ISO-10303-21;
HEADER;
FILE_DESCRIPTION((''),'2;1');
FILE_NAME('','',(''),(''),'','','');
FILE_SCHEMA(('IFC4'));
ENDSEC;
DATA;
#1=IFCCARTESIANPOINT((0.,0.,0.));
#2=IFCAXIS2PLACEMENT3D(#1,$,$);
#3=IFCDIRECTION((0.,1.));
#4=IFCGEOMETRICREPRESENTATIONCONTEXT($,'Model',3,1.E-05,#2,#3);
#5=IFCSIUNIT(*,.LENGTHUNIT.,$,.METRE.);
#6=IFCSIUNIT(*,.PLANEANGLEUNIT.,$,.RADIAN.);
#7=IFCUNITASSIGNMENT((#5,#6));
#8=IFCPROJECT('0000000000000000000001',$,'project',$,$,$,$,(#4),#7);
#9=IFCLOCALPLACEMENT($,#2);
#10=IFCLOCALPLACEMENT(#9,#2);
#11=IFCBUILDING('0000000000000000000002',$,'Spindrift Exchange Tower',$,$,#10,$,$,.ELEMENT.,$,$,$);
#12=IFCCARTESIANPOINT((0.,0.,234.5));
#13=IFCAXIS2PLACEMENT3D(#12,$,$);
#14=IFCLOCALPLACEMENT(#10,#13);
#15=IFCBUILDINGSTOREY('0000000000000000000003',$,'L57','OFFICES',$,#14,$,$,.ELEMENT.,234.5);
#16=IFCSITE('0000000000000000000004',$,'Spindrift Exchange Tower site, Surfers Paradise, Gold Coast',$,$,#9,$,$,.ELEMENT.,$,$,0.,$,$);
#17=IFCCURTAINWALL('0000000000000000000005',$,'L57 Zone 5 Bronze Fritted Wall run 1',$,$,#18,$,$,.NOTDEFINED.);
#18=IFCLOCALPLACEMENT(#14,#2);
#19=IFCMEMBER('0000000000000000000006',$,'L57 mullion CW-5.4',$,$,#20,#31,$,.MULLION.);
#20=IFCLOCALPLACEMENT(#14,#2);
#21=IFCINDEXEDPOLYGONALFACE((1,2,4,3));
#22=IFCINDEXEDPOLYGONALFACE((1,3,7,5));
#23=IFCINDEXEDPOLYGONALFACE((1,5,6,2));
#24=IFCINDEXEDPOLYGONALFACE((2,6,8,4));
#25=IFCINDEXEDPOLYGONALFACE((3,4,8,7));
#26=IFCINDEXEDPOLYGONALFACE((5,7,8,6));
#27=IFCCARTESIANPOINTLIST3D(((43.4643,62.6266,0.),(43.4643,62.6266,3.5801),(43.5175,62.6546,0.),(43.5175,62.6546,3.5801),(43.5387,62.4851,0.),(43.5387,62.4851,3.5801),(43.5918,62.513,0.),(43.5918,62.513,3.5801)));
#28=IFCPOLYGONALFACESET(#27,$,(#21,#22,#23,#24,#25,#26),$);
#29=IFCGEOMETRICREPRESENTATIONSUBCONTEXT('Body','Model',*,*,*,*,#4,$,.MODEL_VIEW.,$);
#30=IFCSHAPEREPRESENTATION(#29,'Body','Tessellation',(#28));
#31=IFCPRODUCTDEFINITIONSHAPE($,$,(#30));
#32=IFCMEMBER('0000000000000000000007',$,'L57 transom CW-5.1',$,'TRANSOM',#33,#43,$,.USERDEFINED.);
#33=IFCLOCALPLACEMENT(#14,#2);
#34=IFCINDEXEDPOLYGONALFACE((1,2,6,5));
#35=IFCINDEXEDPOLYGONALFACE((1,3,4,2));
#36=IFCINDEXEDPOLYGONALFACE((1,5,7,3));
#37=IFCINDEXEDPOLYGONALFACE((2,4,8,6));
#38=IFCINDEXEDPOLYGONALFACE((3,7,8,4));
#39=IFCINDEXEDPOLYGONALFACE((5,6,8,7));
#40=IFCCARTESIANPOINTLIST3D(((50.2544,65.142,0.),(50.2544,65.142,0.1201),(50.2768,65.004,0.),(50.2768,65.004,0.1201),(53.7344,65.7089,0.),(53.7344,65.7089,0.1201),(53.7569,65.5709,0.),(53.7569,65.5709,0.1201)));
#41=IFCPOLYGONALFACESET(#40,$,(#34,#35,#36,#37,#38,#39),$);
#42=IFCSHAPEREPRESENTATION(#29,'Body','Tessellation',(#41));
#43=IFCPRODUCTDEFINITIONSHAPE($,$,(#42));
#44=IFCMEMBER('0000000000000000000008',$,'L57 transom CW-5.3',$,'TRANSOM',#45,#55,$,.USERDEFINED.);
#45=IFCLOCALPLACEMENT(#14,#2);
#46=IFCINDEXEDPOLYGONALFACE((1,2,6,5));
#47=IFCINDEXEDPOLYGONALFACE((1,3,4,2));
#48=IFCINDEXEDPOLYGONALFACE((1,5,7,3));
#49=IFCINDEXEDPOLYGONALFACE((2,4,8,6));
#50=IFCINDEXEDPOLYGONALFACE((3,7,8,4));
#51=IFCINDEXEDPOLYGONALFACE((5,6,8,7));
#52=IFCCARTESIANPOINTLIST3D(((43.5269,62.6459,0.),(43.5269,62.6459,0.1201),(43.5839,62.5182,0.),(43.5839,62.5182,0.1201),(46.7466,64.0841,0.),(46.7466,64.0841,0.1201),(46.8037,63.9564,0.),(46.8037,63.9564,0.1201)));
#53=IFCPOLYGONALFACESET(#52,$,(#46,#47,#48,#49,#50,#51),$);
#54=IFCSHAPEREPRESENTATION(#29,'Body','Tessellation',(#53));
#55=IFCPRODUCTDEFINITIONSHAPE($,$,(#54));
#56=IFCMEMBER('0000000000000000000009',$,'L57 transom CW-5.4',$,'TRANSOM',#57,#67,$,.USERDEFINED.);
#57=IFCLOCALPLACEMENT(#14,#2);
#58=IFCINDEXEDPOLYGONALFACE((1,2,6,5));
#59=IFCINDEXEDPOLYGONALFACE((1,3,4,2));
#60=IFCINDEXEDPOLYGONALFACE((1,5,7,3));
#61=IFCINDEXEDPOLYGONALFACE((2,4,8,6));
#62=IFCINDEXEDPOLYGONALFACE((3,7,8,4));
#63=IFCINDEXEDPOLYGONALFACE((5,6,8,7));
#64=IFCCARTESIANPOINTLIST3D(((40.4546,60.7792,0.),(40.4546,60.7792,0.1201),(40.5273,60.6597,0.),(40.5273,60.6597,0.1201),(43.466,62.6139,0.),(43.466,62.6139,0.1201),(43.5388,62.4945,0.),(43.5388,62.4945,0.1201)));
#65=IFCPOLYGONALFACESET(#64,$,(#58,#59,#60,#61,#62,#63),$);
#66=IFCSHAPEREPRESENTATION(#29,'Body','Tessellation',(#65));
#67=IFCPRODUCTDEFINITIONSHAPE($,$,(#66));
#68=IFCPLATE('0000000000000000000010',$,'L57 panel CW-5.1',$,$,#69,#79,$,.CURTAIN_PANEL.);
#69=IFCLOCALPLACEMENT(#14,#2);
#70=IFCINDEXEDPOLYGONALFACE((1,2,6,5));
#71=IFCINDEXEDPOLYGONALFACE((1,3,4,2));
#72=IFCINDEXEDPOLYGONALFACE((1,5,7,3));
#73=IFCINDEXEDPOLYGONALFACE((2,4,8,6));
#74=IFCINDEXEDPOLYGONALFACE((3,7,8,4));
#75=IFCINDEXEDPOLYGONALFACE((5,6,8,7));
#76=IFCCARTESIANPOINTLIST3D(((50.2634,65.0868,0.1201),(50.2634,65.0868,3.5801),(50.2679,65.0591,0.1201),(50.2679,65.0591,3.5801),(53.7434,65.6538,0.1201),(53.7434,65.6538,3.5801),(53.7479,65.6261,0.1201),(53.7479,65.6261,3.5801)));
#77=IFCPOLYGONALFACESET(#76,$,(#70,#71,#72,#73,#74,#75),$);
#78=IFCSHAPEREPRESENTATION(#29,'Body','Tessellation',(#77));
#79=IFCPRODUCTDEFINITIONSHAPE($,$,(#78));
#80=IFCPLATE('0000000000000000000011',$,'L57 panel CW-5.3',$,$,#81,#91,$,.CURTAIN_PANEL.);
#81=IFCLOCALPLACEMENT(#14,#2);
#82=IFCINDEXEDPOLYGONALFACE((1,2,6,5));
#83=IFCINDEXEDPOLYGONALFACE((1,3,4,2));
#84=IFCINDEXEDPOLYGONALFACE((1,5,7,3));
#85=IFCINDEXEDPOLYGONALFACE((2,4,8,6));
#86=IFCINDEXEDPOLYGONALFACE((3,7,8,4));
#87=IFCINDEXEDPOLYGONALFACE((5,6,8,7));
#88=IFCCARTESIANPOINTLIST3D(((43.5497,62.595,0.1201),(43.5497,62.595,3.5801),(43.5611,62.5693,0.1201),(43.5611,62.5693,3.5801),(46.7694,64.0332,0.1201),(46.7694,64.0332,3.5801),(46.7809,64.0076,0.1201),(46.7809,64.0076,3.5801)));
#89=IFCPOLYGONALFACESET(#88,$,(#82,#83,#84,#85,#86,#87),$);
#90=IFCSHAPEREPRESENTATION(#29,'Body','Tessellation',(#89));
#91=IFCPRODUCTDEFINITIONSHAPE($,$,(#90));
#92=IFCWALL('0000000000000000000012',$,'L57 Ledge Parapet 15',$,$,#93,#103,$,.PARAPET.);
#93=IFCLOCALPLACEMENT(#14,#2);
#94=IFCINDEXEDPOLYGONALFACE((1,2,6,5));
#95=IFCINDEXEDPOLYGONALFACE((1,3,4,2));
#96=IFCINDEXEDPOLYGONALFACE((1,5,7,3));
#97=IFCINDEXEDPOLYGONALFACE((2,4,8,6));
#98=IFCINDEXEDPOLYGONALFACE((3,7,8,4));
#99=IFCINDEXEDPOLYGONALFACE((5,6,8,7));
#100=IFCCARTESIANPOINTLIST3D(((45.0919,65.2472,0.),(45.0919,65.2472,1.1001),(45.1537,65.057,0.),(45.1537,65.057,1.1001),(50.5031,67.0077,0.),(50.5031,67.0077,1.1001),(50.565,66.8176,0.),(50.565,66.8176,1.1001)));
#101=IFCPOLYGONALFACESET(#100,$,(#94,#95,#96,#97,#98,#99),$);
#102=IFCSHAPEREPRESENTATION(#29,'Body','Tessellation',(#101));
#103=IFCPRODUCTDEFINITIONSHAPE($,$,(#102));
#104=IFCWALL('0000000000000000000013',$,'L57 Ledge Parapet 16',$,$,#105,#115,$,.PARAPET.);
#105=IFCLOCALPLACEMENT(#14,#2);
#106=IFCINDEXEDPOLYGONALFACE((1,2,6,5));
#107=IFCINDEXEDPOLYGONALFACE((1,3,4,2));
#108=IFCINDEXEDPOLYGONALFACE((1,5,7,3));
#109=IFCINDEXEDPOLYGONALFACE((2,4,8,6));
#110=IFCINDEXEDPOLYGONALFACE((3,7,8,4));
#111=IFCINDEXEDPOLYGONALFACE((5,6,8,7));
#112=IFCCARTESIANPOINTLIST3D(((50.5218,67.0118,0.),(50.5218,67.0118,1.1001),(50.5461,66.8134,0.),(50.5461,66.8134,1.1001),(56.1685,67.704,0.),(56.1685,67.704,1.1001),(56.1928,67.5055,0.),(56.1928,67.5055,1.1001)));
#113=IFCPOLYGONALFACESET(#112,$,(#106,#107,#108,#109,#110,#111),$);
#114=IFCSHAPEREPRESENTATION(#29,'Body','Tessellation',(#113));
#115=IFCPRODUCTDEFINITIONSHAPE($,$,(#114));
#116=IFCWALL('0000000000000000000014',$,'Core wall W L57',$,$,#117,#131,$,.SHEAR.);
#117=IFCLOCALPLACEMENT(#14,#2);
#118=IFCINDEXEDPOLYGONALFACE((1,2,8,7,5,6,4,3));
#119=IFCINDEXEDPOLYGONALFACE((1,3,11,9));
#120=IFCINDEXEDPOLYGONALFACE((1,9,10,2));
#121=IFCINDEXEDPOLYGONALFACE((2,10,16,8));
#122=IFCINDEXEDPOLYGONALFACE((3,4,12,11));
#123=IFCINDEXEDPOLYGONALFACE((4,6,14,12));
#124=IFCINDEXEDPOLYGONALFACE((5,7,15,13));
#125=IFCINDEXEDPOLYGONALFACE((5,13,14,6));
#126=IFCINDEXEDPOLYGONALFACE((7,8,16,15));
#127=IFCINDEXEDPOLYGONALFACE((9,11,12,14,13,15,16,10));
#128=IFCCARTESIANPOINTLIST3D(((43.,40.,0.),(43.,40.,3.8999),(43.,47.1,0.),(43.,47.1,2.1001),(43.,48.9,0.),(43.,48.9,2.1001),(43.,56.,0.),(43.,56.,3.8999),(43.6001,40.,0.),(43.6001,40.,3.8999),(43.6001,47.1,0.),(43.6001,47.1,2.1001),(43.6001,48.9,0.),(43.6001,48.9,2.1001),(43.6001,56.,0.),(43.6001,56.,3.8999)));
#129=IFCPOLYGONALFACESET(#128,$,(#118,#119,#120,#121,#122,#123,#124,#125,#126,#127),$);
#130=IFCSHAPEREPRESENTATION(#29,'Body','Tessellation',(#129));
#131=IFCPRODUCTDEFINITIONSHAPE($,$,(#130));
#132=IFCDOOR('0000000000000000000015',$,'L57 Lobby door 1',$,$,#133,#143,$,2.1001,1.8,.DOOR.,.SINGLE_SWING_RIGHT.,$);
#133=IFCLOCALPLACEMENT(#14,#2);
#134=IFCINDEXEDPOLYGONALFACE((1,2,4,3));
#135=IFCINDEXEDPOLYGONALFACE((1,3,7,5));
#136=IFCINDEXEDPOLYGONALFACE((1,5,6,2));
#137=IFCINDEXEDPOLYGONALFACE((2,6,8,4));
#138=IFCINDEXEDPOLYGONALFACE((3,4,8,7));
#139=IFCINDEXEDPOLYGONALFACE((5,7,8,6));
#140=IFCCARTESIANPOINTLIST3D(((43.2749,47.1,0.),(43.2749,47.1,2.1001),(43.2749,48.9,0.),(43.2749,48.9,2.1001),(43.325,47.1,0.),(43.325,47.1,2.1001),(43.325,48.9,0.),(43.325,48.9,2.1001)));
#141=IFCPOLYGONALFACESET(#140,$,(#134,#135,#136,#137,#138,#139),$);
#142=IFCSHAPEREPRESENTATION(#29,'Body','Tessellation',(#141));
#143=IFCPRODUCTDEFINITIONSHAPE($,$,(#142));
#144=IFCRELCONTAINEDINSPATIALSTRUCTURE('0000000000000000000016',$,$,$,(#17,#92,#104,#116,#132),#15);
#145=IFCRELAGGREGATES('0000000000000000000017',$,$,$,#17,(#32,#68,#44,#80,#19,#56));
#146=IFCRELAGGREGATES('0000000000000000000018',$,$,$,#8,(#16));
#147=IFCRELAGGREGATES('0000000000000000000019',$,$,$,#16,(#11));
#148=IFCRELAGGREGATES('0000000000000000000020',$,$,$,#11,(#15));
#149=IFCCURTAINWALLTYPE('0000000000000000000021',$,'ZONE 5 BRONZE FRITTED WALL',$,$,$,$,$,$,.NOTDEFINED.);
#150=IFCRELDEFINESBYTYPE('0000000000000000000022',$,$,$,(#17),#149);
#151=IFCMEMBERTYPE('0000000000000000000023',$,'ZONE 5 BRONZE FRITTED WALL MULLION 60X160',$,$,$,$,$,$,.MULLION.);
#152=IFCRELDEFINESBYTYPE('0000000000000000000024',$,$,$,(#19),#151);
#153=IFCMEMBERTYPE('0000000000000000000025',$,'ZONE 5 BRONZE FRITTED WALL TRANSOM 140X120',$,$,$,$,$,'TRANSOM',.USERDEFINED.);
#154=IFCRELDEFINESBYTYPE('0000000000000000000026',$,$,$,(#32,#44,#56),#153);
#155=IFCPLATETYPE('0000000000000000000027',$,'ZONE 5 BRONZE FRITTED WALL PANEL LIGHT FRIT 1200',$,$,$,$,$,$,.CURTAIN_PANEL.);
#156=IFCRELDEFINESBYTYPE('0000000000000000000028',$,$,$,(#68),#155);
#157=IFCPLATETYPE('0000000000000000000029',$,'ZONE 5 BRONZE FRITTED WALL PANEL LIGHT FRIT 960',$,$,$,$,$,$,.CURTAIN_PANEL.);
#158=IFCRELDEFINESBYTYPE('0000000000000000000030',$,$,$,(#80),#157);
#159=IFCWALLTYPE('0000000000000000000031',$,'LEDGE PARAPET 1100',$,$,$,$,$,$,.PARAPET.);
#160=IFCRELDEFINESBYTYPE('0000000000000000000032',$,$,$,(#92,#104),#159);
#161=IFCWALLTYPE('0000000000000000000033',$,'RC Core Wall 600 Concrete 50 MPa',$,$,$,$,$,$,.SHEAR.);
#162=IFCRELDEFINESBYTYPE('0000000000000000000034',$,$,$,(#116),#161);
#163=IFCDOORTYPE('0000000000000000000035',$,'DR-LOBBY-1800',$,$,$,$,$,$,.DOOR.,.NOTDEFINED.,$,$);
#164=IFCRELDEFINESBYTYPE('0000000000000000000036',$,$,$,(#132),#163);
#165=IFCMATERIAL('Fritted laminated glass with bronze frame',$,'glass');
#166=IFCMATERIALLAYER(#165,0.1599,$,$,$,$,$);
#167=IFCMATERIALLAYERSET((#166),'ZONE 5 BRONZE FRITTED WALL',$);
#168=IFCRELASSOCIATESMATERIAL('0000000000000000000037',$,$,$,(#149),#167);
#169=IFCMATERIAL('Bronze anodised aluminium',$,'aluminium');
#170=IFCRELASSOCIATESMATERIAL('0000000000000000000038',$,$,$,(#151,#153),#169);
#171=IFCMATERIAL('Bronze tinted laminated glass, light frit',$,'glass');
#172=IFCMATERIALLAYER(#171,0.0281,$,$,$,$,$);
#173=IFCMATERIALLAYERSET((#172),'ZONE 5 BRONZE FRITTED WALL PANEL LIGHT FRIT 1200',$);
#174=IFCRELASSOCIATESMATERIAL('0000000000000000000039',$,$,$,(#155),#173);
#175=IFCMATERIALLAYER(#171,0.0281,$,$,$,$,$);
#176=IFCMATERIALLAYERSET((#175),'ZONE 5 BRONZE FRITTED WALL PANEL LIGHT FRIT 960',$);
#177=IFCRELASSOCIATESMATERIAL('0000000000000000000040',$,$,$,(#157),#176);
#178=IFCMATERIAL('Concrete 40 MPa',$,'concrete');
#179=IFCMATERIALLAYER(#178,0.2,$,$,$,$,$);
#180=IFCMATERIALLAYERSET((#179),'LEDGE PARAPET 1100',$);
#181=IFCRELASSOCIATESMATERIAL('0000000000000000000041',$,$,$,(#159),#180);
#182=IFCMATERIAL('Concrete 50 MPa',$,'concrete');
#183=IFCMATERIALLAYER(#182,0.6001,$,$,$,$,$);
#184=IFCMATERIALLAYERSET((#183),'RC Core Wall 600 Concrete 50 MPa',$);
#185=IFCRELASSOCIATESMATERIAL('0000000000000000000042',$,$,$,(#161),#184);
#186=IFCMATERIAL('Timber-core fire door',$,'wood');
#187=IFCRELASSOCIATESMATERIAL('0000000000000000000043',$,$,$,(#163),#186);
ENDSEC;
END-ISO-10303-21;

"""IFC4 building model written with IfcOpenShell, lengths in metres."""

from ifc_helpers import new_model, si_unit, direction, frame, frame_2d, origin, origin_2d, place, context, subcontext, project, spatial, rectangle, extrude, source, transform, mapped, material, layer, layer_set, material_profile, profile_set, type_object, element, fill, aggregate, save


model = new_model("IFC4")

# Units and contexts
model_context = context("Model", 3, precision=1e-05, world=origin(), true_north=direction((0.0, 1.0)))
body_context = subcontext(model_context, "Body", "Model", "MODEL_VIEW")
ifc_project = project(units=[si_unit("LENGTHUNIT", "METRE"), si_unit("PLANEANGLEUNIT", "RADIAN")], contexts=[model_context])

# Site, building, storey
site_placement = place(None, origin())
site = spatial("IfcSite", under=ifc_project, at=site_placement, Name="Spindrift Exchange Tower site, Surfers Paradise, Gold Coast", CompositionType="ELEMENT", RefElevation=0.0)
building_placement = place(site_placement, origin())
building = spatial("IfcBuilding", under=site, at=building_placement, Name="Spindrift Exchange Tower", CompositionType="ELEMENT")
storey_placement = place(building_placement, frame((0.0, 0.0, 234.5)))
storey = spatial("IfcBuildingStorey", under=building, at=storey_placement, Name="L57", Description="OFFICES", CompositionType="ELEMENT", Elevation=234.5)

# Shared definitions
ifc_material_1 = material(Name="Concrete 40 MPa", Category="concrete")

# Curtain wall, members, plates
ifc_material_2 = material(Name="Fritted laminated glass with bronze frame", Category="glass")
ifc_layer_1 = layer(ifc_material_2, 0.1599)
ifc_layer_set_1 = layer_set([ifc_layer_1], Name="ZONE 5 BRONZE FRITTED WALL")
curtain_wall_type = type_object("IfcCurtainWallType", Name="ZONE 5 BRONZE FRITTED WALL", PredefinedType="NOTDEFINED", material=ifc_layer_set_1)
curtain_wall_placement = place(storey_placement, origin())
curtain_wall = element("IfcCurtainWall", 1, at=curtain_wall_placement, inside=storey, type_object=curtain_wall_type, Name="L57 Zone 5 Bronze Fritted Wall run 1", PredefinedType="NOTDEFINED")
ifc_material_3 = material(Name="Bronze anodised aluminium", Category="aluminium")
ifc_material_profile_1 = material_profile(ifc_material_3, rectangle(XDim=0.0601, YDim=0.1599, at=origin_2d()), Name="ZONE 5 BRONZE FRITTED WALL MULLION 60X160")
ifc_profile_set_1 = profile_set([ifc_material_profile_1], Name="Bronze anodised aluminium")
member_type_1 = type_object("IfcMemberType", Name="ZONE 5 BRONZE FRITTED WALL MULLION 60X160", PredefinedType="MULLION", material=ifc_profile_set_1)
shared_shape_1 = source(origin(), body_context, "Body", "SweptSolid", [
    extrude(rectangle(XDim=0.0601, YDim=0.1599, at=origin_2d()), origin(), (0.0, 0.0, 1.0), 3.5801),
])
member_1_placement = place(storey_placement, frame((43.5281, 62.5698, 0.0), z_axis=(0.0, 0.0, 1.0), x_axis=(-0.885293, -0.465033, 0.0)))
member_1 = element("IfcMember", 2, at=member_1_placement, type_object=member_type_1, Name="L57 mullion CW-5.4", PredefinedType="MULLION", context=body_context, shape_type="MappedRepresentation", body=[
    mapped(shared_shape_1, transform((0.0, 0.0, 0.0), scale=1.0)),
])
ifc_material_profile_2 = material_profile(ifc_material_3, rectangle(XDim=0.1399, YDim=0.1201, at=origin_2d()), Name="ZONE 5 BRONZE FRITTED WALL TRANSOM 140X120")
ifc_profile_set_2 = profile_set([ifc_material_profile_2], Name="Bronze anodised aluminium")
member_type_2 = type_object("IfcMemberType", Name="ZONE 5 BRONZE FRITTED WALL TRANSOM 140X120", ElementType="TRANSOM", PredefinedType="USERDEFINED", material=ifc_profile_set_2)
shared_shape_2 = source(origin(), body_context, "Body", "SweptSolid", [
    extrude(rectangle(XDim=0.1399, YDim=0.1201, at=origin_2d()), origin(), (0.0, 0.0, 1.0), 3.5259),
])
member_2_placement = place(storey_placement, frame((53.7456, 65.6399, 0.0601), z_axis=(-0.98699, -0.160782, 0.0), x_axis=(0.160782, -0.98699, 0.0)))
member_2 = element("IfcMember", 3, at=member_2_placement, type_object=member_type_2, Name="L57 transom CW-5.1", ObjectType="TRANSOM", PredefinedType="USERDEFINED", context=body_context, shape_type="MappedRepresentation", body=[
    mapped(shared_shape_2, transform((0.0, 0.0, 0.0), scale=1.0)),
])
shared_shape_3 = source(origin(), body_context, "Body", "SweptSolid", [
    extrude(rectangle(XDim=0.1399, YDim=0.1201, at=origin_2d()), origin(), (0.0, 0.0, 1.0), 3.5264),
])
member_3_placement = place(storey_placement, frame((46.7751, 64.0203, 0.0601), z_axis=(-0.913048, -0.407853, 0.0), x_axis=(0.407853, -0.913048, 0.0)))
member_3 = element("IfcMember", 4, at=member_3_placement, type_object=member_type_2, Name="L57 transom CW-5.3", ObjectType="TRANSOM", PredefinedType="USERDEFINED", context=body_context, shape_type="MappedRepresentation", body=[
    mapped(shared_shape_3, transform((0.0, 0.0, 0.0), scale=1.0)),
])
member_4_placement = place(storey_placement, frame((43.5024, 62.5542, 0.0601), z_axis=(-0.853991, -0.520287, 0.0), x_axis=(0.520287, -0.853991, 0.0)))
member_4 = element("IfcMember", 5, at=member_4_placement, type_object=member_type_2, Name="L57 transom CW-5.4", ObjectType="TRANSOM", PredefinedType="USERDEFINED", context=body_context, shape_type="MappedRepresentation", body=[
    mapped(shared_shape_3, transform((0.0, 0.0, 0.0), scale=1.0)),
])
ifc_material_4 = material(Name="Bronze tinted laminated glass, light frit", Category="glass")
ifc_layer_2 = layer(ifc_material_4, 0.0281)
ifc_layer_set_2 = layer_set([ifc_layer_2], Name="ZONE 5 BRONZE FRITTED WALL PANEL LIGHT FRIT 1200")
plate_type_1 = type_object("IfcPlateType", Name="ZONE 5 BRONZE FRITTED WALL PANEL LIGHT FRIT 1200", PredefinedType="CURTAIN_PANEL", material=ifc_layer_set_2)
shared_shape_4 = source(origin(), body_context, "Body", "SweptSolid", [
    extrude(rectangle(XDim=3.5259, YDim=0.0281, at=origin_2d()), origin(), (0.0, 0.0, 1.0), 3.46),
])
plate_1_placement = place(storey_placement, frame((52.0056, 65.3564, 0.1201), z_axis=(0.0, 0.0, 1.0), x_axis=(-0.986988, -0.160794, 0.0)))
plate_1 = element("IfcPlate", 6, at=plate_1_placement, type_object=plate_type_1, Name="L57 panel CW-5.1", PredefinedType="CURTAIN_PANEL", context=body_context, shape_type="MappedRepresentation", body=[
    mapped(shared_shape_4, transform((0.0, 0.0, 0.0), scale=1.0)),
])
ifc_layer_3 = layer(ifc_material_4, 0.0281)
ifc_layer_set_3 = layer_set([ifc_layer_3], Name="ZONE 5 BRONZE FRITTED WALL PANEL LIGHT FRIT 960")
plate_type_2 = type_object("IfcPlateType", Name="ZONE 5 BRONZE FRITTED WALL PANEL LIGHT FRIT 960", PredefinedType="CURTAIN_PANEL", material=ifc_layer_set_3)
shared_shape_5 = source(origin(), body_context, "Body", "SweptSolid", [
    extrude(rectangle(XDim=3.5264, YDim=0.0281, at=origin_2d()), origin(), (0.0, 0.0, 1.0), 3.46),
])
plate_2_placement = place(storey_placement, frame((45.1653, 63.3013, 0.1201), z_axis=(0.0, 0.0, 1.0), x_axis=(-0.913048, -0.407852, 0.0)))
plate_2 = element("IfcPlate", 7, at=plate_2_placement, type_object=plate_type_2, Name="L57 panel CW-5.3", PredefinedType="CURTAIN_PANEL", context=body_context, shape_type="MappedRepresentation", body=[
    mapped(shared_shape_5, transform((0.0, 0.0, 0.0), scale=1.0)),
])
aggregate(curtain_wall, [member_2, plate_1, member_3, plate_2, member_1, member_4])

# Walls
ifc_layer_4 = layer(ifc_material_1, 0.2)
ifc_layer_set_4 = layer_set([ifc_layer_4], Name="LEDGE PARAPET 1100")
wall_type_1 = type_object("IfcWallType", Name="LEDGE PARAPET 1100", PredefinedType="PARAPET", material=ifc_layer_set_4)
wall_1_placement = place(storey_placement, frame((45.1228, 65.1521, 0.0), z_axis=(0.0, 0.0, 1.0), x_axis=(0.950937, 0.309385, 0.0)))
element("IfcWall", 8, at=wall_1_placement, inside=storey, type_object=wall_type_1, Name="L57 Ledge Parapet 15", PredefinedType="PARAPET", context=body_context, shape_type="SweptSolid", body=[
    extrude(rectangle(XDim=5.6904, YDim=0.2, at=frame_2d((2.8452, 0.0))), origin(), (0.0, 0.0, 1.0), 1.1001),
])
wall_2_placement = place(storey_placement, frame((50.5339, 66.9126, 0.0), z_axis=(0.0, 0.0, 1.0), x_axis=(0.992571, 0.121663, 0.0)))
element("IfcWall", 9, at=wall_2_placement, inside=storey, type_object=wall_type_1, Name="L57 Ledge Parapet 16", PredefinedType="PARAPET", context=body_context, shape_type="SweptSolid", body=[
    extrude(rectangle(XDim=5.689, YDim=0.2, at=frame_2d((2.8445, 0.0))), origin(), (0.0, 0.0, 1.0), 1.1001),
])

# Wall, opening, door
ifc_material_5 = material(Name="Concrete 50 MPa", Category="concrete")
ifc_layer_5 = layer(ifc_material_5, 0.6001)
ifc_layer_set_5 = layer_set([ifc_layer_5], Name="RC Core Wall 600 Concrete 50 MPa")
wall_type_2 = type_object("IfcWallType", Name="RC Core Wall 600 Concrete 50 MPa", PredefinedType="SHEAR", material=ifc_layer_set_5)
wall_3_placement = place(storey_placement, frame((43.3, 56.0, 0.0), z_axis=(0.0, 0.0, 1.0), x_axis=(0.0, -1.0, 0.0)))
wall_3 = element("IfcWall", 10, at=wall_3_placement, inside=storey, type_object=wall_type_2, Name="Core wall W L57", PredefinedType="SHEAR", context=body_context, shape_type="SweptSolid", body=[
    extrude(rectangle(XDim=16.0, YDim=0.6001, at=frame_2d((8.0, 0.0))), origin(), (0.0, 0.0, 1.0), 3.8999),
])
opening_1_placement = place(wall_3_placement, frame((7.1001, 0.0, 0.0)))
opening_1 = element("IfcOpeningElement", 11, at=opening_1_placement, cuts=wall_3, PredefinedType="OPENING", context=body_context, shape_type="SweptSolid", body=[
    extrude(rectangle(XDim=1.8, YDim=2.1001, at=frame_2d((0.8999, 1.05))), frame((0.0, 0.3101, 0.0), z_axis=(0.0, -1.0, 0.0), x_axis=(1.0, 0.0, 0.0)), (0.0, 0.0, 1.0), 0.6201),
])
ifc_material_6 = material(Name="Timber-core fire door", Category="wood")
door_type = type_object("IfcDoorType", Name="DR-LOBBY-1800", OperationType="NOTDEFINED", PredefinedType="DOOR", material=ifc_material_6)
shared_shape_6 = source(origin(), body_context, "Body", "SweptSolid", [
    extrude(rectangle(XDim=1.8, YDim=2.1001, at=frame_2d((0.8999, 1.05))), frame((0.0, 0.0249, 0.0), z_axis=(0.0, -1.0, 0.0), x_axis=(1.0, 0.0, 0.0)), (0.0, 0.0, 1.0), 0.05),
])
door_placement = place(opening_1_placement, origin())
door = element("IfcDoor", 12, at=door_placement, inside=storey, type_object=door_type, Name="L57 Lobby door 1", OperationType="SINGLE_SWING_RIGHT", OverallHeight=2.1001, OverallWidth=1.8, PredefinedType="DOOR", context=body_context, shape_type="MappedRepresentation", body=[
    mapped(shared_shape_6, transform((0.0, 0.0, 0.0), scale=1.0)),
])
fill(opening_1, door)

save(model, "model.ifc")
